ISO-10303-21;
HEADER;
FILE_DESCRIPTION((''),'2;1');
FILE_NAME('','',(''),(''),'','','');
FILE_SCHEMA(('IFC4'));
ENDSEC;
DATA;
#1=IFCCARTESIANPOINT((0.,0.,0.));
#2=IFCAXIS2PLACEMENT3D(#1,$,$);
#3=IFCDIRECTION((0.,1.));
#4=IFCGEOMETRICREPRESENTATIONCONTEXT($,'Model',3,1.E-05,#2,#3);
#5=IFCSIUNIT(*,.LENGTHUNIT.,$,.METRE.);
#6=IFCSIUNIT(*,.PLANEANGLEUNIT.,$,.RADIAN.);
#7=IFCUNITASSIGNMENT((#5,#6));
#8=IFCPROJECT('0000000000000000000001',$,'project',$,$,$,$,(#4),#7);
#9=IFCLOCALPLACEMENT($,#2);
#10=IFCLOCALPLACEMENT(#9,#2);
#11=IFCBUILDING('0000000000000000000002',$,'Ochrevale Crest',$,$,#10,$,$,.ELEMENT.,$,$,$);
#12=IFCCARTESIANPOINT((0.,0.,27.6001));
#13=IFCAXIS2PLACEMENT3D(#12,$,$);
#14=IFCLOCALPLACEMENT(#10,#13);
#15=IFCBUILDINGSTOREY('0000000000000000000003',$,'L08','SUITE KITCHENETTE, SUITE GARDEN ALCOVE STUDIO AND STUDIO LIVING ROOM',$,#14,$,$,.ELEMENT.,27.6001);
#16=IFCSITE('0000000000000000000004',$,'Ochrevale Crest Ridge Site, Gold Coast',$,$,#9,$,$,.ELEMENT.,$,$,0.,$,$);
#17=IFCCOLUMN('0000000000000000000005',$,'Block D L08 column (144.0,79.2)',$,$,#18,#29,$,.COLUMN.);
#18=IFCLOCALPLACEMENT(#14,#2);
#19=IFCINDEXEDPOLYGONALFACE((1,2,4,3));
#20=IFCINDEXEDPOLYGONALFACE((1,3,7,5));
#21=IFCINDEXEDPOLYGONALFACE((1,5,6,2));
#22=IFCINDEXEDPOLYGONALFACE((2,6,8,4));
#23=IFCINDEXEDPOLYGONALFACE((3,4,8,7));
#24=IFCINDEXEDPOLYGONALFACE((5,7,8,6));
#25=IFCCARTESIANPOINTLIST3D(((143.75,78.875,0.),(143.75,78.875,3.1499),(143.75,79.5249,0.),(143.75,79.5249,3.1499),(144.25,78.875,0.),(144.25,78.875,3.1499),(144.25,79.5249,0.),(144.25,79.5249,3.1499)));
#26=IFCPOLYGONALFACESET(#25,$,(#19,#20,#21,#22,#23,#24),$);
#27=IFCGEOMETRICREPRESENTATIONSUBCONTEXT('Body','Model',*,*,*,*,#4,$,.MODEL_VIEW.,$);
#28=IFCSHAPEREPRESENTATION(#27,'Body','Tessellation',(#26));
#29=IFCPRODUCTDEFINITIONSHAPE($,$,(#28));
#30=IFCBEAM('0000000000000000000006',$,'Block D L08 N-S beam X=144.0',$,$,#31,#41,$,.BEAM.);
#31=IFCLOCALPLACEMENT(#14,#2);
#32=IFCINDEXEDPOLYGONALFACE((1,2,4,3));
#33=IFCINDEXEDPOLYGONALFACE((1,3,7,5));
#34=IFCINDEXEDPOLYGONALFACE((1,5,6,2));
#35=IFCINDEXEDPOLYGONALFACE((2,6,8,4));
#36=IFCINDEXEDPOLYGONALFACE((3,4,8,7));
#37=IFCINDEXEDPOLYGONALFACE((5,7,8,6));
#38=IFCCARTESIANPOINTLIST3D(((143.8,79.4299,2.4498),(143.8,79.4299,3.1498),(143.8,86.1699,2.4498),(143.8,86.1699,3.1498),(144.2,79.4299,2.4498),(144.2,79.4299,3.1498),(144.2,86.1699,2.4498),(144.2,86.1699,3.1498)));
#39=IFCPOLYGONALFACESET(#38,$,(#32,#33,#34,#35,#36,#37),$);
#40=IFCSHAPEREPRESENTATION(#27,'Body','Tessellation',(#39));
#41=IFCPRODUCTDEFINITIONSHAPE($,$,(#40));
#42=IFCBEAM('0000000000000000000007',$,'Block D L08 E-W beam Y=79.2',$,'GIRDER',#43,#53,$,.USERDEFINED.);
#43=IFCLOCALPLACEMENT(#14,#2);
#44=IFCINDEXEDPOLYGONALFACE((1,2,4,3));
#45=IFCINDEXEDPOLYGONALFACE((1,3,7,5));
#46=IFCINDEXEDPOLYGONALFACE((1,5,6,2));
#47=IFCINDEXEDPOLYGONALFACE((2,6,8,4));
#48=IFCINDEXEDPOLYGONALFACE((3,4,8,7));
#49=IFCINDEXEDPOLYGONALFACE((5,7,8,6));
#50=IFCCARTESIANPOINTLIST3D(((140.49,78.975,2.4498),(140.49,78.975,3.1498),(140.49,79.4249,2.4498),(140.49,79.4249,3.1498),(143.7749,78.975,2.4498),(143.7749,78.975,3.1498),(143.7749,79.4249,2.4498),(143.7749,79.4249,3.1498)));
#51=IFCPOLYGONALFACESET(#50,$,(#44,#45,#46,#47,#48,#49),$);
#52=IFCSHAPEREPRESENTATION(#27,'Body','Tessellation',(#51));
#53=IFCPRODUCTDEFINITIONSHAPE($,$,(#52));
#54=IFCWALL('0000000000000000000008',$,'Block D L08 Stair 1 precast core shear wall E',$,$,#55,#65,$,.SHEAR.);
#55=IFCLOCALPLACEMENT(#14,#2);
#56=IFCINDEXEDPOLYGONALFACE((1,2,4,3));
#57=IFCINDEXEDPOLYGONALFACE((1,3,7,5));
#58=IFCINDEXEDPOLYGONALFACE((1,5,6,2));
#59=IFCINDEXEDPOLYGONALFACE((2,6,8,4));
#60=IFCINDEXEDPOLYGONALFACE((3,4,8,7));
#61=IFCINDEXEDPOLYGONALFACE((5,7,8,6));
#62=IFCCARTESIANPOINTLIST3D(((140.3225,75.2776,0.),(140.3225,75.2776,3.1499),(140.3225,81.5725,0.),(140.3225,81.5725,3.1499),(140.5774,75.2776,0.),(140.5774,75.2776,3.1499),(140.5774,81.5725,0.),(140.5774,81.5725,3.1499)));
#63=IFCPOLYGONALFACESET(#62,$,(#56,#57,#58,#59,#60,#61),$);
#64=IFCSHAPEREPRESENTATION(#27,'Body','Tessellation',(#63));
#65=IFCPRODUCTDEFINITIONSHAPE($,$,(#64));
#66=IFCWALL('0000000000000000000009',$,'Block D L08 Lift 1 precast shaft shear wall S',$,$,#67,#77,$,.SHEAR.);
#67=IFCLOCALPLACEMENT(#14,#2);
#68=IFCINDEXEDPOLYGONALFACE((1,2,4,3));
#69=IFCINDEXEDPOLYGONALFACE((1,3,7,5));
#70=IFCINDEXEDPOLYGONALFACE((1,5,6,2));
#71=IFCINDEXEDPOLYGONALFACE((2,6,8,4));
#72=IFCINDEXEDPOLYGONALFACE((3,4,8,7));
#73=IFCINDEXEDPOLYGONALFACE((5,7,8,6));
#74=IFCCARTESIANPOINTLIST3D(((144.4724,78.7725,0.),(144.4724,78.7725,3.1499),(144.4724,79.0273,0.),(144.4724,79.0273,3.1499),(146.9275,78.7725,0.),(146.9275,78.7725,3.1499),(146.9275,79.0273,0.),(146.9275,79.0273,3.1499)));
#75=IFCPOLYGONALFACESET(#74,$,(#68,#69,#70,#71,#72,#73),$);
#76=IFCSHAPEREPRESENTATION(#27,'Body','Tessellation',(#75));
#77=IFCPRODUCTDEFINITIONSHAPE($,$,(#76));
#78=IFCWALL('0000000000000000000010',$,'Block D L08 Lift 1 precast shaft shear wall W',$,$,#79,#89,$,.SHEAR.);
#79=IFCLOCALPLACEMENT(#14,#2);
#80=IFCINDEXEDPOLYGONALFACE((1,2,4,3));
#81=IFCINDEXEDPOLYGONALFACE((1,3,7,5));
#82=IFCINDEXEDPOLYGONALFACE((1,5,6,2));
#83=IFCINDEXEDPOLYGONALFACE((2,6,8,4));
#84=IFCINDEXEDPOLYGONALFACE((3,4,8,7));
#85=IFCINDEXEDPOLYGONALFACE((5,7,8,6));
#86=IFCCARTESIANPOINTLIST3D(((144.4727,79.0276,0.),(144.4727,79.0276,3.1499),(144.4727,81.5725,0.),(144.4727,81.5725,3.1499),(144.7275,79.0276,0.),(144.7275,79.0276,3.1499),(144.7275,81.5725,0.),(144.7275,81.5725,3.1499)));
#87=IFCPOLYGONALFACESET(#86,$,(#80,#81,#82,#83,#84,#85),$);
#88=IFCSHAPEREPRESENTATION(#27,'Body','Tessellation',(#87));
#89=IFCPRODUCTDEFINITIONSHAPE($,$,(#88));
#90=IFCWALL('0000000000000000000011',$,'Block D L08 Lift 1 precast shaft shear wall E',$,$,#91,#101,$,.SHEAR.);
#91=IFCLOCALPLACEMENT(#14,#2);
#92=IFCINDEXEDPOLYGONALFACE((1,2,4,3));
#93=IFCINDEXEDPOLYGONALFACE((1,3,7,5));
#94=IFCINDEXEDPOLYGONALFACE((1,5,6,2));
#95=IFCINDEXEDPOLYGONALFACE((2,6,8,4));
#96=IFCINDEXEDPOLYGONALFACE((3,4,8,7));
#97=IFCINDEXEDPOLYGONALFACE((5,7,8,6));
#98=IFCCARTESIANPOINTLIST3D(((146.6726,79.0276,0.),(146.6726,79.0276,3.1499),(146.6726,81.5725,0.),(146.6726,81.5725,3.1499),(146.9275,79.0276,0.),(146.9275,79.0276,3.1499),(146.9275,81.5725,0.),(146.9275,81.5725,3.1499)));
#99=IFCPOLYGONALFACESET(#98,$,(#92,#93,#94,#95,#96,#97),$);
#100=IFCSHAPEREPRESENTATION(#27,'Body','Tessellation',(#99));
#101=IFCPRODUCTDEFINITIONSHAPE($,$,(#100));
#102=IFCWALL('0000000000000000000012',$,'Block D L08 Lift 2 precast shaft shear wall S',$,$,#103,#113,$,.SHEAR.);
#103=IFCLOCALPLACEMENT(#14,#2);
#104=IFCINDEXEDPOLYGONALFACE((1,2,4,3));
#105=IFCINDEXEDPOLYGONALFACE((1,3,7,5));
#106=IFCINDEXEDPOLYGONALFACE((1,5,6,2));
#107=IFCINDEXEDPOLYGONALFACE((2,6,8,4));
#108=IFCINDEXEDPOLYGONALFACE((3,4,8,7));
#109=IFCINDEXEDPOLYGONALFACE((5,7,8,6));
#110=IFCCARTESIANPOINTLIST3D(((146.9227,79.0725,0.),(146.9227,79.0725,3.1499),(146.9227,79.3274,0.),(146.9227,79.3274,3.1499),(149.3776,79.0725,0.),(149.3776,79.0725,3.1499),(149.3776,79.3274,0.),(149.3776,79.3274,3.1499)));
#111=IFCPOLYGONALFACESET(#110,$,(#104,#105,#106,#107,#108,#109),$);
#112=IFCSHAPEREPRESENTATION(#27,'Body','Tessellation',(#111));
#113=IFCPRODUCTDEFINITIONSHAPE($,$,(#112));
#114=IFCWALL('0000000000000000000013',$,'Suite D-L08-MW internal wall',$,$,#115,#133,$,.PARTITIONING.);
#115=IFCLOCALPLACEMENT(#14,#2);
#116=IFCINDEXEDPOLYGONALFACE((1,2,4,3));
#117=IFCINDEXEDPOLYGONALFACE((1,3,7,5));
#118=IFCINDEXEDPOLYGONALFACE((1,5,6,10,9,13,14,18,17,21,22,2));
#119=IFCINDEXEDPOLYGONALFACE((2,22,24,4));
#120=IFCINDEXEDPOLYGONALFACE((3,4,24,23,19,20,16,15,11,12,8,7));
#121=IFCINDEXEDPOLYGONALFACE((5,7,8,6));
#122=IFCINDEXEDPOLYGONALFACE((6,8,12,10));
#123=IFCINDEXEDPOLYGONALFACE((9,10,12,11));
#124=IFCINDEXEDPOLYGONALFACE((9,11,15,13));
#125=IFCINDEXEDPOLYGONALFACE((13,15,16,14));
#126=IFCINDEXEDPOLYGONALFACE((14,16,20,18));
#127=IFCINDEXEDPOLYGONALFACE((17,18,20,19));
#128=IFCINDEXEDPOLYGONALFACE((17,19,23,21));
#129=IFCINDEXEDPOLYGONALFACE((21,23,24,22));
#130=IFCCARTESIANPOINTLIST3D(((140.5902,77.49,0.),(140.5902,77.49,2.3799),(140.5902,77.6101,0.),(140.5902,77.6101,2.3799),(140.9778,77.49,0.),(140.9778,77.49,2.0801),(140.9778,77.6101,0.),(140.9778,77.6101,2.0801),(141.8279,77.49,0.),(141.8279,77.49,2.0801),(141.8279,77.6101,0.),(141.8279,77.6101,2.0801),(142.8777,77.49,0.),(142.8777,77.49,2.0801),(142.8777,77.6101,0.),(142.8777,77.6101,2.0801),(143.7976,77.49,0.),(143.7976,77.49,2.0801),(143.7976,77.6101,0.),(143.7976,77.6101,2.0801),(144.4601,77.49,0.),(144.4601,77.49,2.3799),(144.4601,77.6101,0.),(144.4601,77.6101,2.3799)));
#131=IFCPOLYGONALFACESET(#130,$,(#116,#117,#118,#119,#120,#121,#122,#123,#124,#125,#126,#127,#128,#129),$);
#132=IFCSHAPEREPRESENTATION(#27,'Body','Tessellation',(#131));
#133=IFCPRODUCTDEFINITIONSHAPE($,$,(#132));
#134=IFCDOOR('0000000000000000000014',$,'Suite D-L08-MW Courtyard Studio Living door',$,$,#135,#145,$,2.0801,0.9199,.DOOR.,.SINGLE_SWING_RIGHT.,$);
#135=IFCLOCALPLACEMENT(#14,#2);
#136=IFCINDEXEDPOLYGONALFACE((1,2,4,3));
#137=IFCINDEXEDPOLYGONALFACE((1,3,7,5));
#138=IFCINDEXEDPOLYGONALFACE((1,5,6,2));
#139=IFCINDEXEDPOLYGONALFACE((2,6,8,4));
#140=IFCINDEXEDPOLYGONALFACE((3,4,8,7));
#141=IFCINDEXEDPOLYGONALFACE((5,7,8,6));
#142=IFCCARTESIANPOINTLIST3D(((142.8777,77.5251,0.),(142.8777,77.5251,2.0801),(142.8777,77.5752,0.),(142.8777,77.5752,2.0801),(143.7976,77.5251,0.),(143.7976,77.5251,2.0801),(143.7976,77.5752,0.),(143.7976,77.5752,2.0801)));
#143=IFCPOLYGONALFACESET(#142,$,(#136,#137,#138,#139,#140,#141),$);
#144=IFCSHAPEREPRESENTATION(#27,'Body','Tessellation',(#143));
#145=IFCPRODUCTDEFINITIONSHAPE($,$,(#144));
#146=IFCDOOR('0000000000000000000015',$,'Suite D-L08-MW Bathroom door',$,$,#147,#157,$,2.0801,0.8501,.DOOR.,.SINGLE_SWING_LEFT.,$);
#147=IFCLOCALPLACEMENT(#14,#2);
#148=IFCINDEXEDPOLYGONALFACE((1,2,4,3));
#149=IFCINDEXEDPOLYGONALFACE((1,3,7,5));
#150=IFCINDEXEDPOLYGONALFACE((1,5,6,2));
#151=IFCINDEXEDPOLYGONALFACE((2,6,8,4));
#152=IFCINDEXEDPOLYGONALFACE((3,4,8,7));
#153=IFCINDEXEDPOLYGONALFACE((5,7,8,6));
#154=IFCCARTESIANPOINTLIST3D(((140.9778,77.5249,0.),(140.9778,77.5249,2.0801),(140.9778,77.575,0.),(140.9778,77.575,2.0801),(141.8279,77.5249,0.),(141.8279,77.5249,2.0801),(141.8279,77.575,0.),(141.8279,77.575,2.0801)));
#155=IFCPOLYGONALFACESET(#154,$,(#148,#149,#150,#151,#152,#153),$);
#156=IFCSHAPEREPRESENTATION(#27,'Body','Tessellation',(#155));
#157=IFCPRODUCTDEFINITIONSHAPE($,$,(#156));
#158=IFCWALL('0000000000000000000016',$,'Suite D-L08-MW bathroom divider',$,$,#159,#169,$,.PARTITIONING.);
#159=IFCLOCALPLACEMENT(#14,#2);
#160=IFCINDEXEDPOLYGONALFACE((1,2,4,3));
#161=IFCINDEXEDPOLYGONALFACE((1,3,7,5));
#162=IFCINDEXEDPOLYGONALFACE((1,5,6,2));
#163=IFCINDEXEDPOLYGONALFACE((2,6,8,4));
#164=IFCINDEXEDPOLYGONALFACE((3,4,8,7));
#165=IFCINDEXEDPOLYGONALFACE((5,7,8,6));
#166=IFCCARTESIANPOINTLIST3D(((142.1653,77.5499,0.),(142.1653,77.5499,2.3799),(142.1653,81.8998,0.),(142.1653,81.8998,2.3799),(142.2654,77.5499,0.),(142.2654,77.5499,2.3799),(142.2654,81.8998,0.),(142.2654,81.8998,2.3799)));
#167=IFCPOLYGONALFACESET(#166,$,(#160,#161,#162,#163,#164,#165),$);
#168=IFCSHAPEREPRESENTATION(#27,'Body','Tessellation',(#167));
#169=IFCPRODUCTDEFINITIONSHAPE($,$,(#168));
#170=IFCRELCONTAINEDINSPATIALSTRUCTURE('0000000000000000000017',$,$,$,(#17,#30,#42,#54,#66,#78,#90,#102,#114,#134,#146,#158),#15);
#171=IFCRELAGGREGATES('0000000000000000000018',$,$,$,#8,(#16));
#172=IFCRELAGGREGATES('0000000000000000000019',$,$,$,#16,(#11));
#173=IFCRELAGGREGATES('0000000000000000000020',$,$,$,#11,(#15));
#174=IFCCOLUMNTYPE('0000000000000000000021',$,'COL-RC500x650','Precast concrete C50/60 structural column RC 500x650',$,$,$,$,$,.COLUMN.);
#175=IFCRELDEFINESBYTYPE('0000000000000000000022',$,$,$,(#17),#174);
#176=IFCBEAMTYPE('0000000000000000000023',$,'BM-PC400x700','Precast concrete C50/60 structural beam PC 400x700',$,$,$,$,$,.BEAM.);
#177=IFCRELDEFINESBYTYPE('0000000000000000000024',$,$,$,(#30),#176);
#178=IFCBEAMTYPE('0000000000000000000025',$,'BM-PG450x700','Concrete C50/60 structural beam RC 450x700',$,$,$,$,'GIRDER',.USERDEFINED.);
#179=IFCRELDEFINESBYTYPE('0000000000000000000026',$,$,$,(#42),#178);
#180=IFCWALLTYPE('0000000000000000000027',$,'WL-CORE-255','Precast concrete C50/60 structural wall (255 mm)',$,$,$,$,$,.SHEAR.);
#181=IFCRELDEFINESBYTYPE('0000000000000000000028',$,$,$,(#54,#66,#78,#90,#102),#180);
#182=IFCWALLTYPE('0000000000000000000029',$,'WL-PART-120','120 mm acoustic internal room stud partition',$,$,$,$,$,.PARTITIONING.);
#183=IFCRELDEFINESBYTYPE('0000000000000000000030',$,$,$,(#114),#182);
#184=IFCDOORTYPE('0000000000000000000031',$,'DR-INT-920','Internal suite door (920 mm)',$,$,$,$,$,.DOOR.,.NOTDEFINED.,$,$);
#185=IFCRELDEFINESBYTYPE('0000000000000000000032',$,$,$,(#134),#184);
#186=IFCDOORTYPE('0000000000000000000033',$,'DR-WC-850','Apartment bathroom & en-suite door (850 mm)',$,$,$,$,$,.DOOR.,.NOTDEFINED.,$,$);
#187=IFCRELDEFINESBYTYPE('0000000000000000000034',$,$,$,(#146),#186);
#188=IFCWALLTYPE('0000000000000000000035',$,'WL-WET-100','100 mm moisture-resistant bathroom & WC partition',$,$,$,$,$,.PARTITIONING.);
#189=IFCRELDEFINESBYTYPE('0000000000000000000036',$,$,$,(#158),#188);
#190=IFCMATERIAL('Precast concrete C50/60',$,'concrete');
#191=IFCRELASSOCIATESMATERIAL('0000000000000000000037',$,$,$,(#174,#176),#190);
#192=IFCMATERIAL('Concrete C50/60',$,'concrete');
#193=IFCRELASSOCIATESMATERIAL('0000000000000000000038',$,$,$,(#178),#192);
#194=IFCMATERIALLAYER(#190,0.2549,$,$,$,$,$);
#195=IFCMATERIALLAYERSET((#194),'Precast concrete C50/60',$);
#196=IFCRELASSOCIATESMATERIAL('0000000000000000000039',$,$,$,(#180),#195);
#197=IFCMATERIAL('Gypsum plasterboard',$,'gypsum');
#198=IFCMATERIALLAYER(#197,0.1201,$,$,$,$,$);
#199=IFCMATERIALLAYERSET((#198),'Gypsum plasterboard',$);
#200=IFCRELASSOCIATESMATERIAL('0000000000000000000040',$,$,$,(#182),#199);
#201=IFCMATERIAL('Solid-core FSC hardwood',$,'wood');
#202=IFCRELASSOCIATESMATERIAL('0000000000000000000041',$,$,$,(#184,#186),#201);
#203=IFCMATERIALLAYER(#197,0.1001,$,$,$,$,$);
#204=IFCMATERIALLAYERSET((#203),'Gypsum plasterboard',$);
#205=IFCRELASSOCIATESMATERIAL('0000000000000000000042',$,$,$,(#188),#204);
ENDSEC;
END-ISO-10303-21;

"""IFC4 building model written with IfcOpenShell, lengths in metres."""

from ifc_helpers import new_model, si_unit, direction, frame, frame_2d, origin, origin_2d, place, context, subcontext, project, spatial, rectangle, extrude, material, layer, layer_set, material_profile, profile_set, type_object, element, fill, save


model = new_model("IFC4")

# Units and contexts
model_context = context("Model", 3, precision=1e-05, world=origin(), true_north=direction((0.0, 1.0)))
body_context = subcontext(model_context, "Body", "Model", "MODEL_VIEW")
ifc_project = project(units=[si_unit("LENGTHUNIT", "METRE"), si_unit("PLANEANGLEUNIT", "RADIAN")], contexts=[model_context])

# Site, building, storey
site_placement = place(None, origin())
site = spatial("IfcSite", under=ifc_project, at=site_placement, Name="Ochrevale Crest Ridge Site, Gold Coast", CompositionType="ELEMENT", RefElevation=0.0)
building_placement = place(site_placement, origin())
building = spatial("IfcBuilding", under=site, at=building_placement, Name="Ochrevale Crest", CompositionType="ELEMENT")
storey_placement = place(building_placement, frame((0.0, 0.0, 27.6001)))
storey = spatial("IfcBuildingStorey", under=building, at=storey_placement, Name="L08", Description="SUITE KITCHENETTE, SUITE GARDEN ALCOVE STUDIO AND STUDIO LIVING ROOM", CompositionType="ELEMENT", Elevation=27.6001)

# Column
ifc_material_1 = material(Name="Precast concrete C50/60", Category="concrete")
ifc_material_profile_1 = material_profile(ifc_material_1, rectangle(XDim=0.5, YDim=0.6499, at=origin_2d()), Name="RC 500x650")
ifc_profile_set_1 = profile_set([ifc_material_profile_1], Name="Precast concrete C50/60")
column_type = type_object("IfcColumnType", Name="COL-RC500x650", Description="Precast concrete C50/60 structural column RC 500x650", PredefinedType="COLUMN", material=ifc_profile_set_1)
column_placement = place(storey_placement, frame((144.0, 79.2, 0.0), z_axis=(0.0, 0.0, 1.0), x_axis=(1.0, 0.0, 0.0)))
element("IfcColumn", 1, at=column_placement, inside=storey, type_object=column_type, Name="Block D L08 column (144.0,79.2)", PredefinedType="COLUMN", context=body_context, shape_type="SweptSolid", body=[
    extrude(rectangle(XDim=0.5, YDim=0.6499, at=origin_2d()), origin(), (0.0, 0.0, 1.0), 3.1499),
])

# Beams
ifc_material_profile_2 = material_profile(ifc_material_1, rectangle(XDim=0.3999, YDim=0.7, at=origin_2d()), Name="PC 400x700")
ifc_profile_set_2 = profile_set([ifc_material_profile_2], Name="Precast concrete C50/60")
beam_type_1 = type_object("IfcBeamType", Name="BM-PC400x700", Description="Precast concrete C50/60 structural beam PC 400x700", PredefinedType="BEAM", material=ifc_profile_set_2)
beam_1_placement = place(storey_placement, frame((144.0, 79.4299, 2.7998), z_axis=(0.0, 1.0, 0.0), x_axis=(-1.0, 0.0, 0.0)))
element("IfcBeam", 2, at=beam_1_placement, inside=storey, type_object=beam_type_1, Name="Block D L08 N-S beam X=144.0", PredefinedType="BEAM", context=body_context, shape_type="SweptSolid", body=[
    extrude(rectangle(XDim=0.3999, YDim=0.7, at=origin_2d()), origin(), (0.0, 0.0, 1.0), 6.74),
])
ifc_material_2 = material(Name="Concrete C50/60", Category="concrete")
ifc_material_profile_3 = material_profile(ifc_material_2, rectangle(XDim=0.45, YDim=0.7, at=origin_2d()), Name="RC 450x700")
ifc_profile_set_3 = profile_set([ifc_material_profile_3], Name="Concrete C50/60")
beam_type_2 = type_object("IfcBeamType", Name="BM-PG450x700", Description="Concrete C50/60 structural beam RC 450x700", ElementType="GIRDER", PredefinedType="USERDEFINED", material=ifc_profile_set_3)
beam_2_placement = place(storey_placement, frame((140.49, 79.2, 2.7998), z_axis=(1.0, 0.0, 0.0), x_axis=(0.0, 1.0, 0.0)))
element("IfcBeam", 3, at=beam_2_placement, inside=storey, type_object=beam_type_2, Name="Block D L08 E-W beam Y=79.2", ObjectType="GIRDER", PredefinedType="USERDEFINED", context=body_context, shape_type="SweptSolid", body=[
    extrude(rectangle(XDim=0.45, YDim=0.7, at=origin_2d()), origin(), (0.0, 0.0, 1.0), 3.2849),
])

# Walls
ifc_layer_1 = layer(ifc_material_1, 0.2549)
ifc_layer_set_1 = layer_set([ifc_layer_1], Name="Precast concrete C50/60")
wall_type_1 = type_object("IfcWallType", Name="WL-CORE-255", Description="Precast concrete C50/60 structural wall (255 mm)", PredefinedType="SHEAR", material=ifc_layer_set_1)
wall_1_placement = place(storey_placement, frame((140.45, 75.2776, 0.0), z_axis=(0.0, 0.0, 1.0), x_axis=(0.0, 1.0, 0.0)))
element("IfcWall", 4, at=wall_1_placement, inside=storey, type_object=wall_type_1, Name="Block D L08 Stair 1 precast core shear wall E", PredefinedType="SHEAR", context=body_context, shape_type="SweptSolid", body=[
    extrude(rectangle(XDim=6.2949, YDim=0.2549, at=frame_2d((3.1475, 0.0))), origin(), (0.0, 0.0, 1.0), 3.1499),
])
wall_2_placement = place(storey_placement, frame((144.4724, 78.8999, 0.0), z_axis=(0.0, 0.0, 1.0), x_axis=(1.0, 0.0, 0.0)))
element("IfcWall", 5, at=wall_2_placement, inside=storey, type_object=wall_type_1, Name="Block D L08 Lift 1 precast shaft shear wall S", PredefinedType="SHEAR", context=body_context, shape_type="SweptSolid", body=[
    extrude(rectangle(XDim=2.4551, YDim=0.2549, at=frame_2d((1.2275, 0.0))), origin(), (0.0, 0.0, 1.0), 3.1499),
])

# Shared definitions
ifc_material_3 = material(Name="Solid-core FSC hardwood", Category="wood")

# Walls
for number, where, z_axis, x_axis, name in (
    (6, (144.6001, 79.0276, 0.0), (0.0, 0.0, 1.0), (0.0, 1.0, 0.0), "Block D L08 Lift 1 precast shaft shear wall W"),
    (7, (146.8, 79.0276, 0.0), (0.0, 0.0, 1.0), (0.0, 1.0, 0.0), "Block D L08 Lift 1 precast shaft shear wall E"),
):
    element("IfcWall", number, at=place(storey_placement, frame(where, z_axis=z_axis, x_axis=x_axis)), inside=storey, type_object=wall_type_1, Name=name, PredefinedType="SHEAR", context=body_context, shape_type="SweptSolid", body=[
        extrude(rectangle(XDim=2.5449, YDim=0.2549, at=frame_2d((1.2725, 0.0))), origin(), (0.0, 0.0, 1.0), 3.1499),
    ])
wall_3_placement = place(storey_placement, frame((146.9226, 79.2, 0.0), z_axis=(0.0, 0.0, 1.0), x_axis=(1.0, 0.0, 0.0)))
element("IfcWall", 8, at=wall_3_placement, inside=storey, type_object=wall_type_1, Name="Block D L08 Lift 2 precast shaft shear wall S", PredefinedType="SHEAR", context=body_context, shape_type="SweptSolid", body=[
    extrude(rectangle(XDim=2.4548, YDim=0.2549, at=frame_2d((1.2275, 0.0))), origin(), (0.0, 0.0, 1.0), 3.1499),
])

# Wall, openings, doors
ifc_material_4 = material(Name="Gypsum plasterboard", Category="gypsum")
ifc_layer_2 = layer(ifc_material_4, 0.1201)
ifc_layer_set_2 = layer_set([ifc_layer_2], Name="Gypsum plasterboard")
wall_type_2 = type_object("IfcWallType", Name="WL-PART-120", Description="120 mm acoustic internal room stud partition", PredefinedType="PARTITIONING", material=ifc_layer_set_2)
wall_4_placement = place(storey_placement, frame((140.5901, 77.55, 0.0), z_axis=(0.0, 0.0, 1.0), x_axis=(1.0, 0.0, 0.0)))
wall_4 = element("IfcWall", 9, at=wall_4_placement, inside=storey, type_object=wall_type_2, Name="Suite D-L08-MW internal wall", PredefinedType="PARTITIONING", context=body_context, shape_type="SweptSolid", body=[
    extrude(rectangle(XDim=3.8699, YDim=0.1201, at=frame_2d((1.9351, 0.0))), origin(), (0.0, 0.0, 1.0), 2.3799),
])
opening_1_placement = place(wall_4_placement, frame((0.3877, 0.0, 0.0)))
opening_1 = element("IfcOpeningElement", 10, at=opening_1_placement, cuts=wall_4, PredefinedType="OPENING", context=body_context, shape_type="SweptSolid", body=[
    extrude(rectangle(XDim=0.8501, YDim=2.0801, at=frame_2d((0.425, 1.04))), frame((0.0, 0.0701, 0.0), z_axis=(0.0, -1.0, 0.0), x_axis=(1.0, 0.0, 0.0)), (0.0, 0.0, 1.0), 0.1401),
])
opening_2_placement = place(wall_4_placement, frame((3.2075, 0.0, 0.0), z_axis=(0.0, 0.0, 1.0), x_axis=(-1.0, 0.0, 0.0)))
opening_2 = element("IfcOpeningElement", 11, at=opening_2_placement, cuts=wall_4, PredefinedType="OPENING", context=body_context, shape_type="SweptSolid", body=[
    extrude(rectangle(XDim=0.9199, YDim=2.0801, at=frame_2d((0.46, 1.04))), frame((0.0, 0.0701, 0.0), z_axis=(0.0, -1.0, 0.0), x_axis=(1.0, 0.0, 0.0)), (0.0, 0.0, 1.0), 0.1401),
])
door_type_1 = type_object("IfcDoorType", Name="DR-INT-920", Description="Internal suite door (920 mm)", OperationType="NOTDEFINED", PredefinedType="DOOR", material=ifc_material_3)
door_1_placement = place(opening_2_placement, origin())
door_1 = element("IfcDoor", 12, at=door_1_placement, inside=storey, type_object=door_type_1, Name="Suite D-L08-MW Courtyard Studio Living door", OperationType="SINGLE_SWING_RIGHT", OverallHeight=2.0801, OverallWidth=0.9199, PredefinedType="DOOR", context=body_context, shape_type="SweptSolid", body=[
    extrude(rectangle(XDim=0.9199, YDim=2.0801, at=frame_2d((0.46, 1.04))), frame((0.0, 0.0249, 0.0), z_axis=(0.0, -1.0, 0.0), x_axis=(1.0, 0.0, 0.0)), (0.0, 0.0, 1.0), 0.05),
])
fill(opening_2, door_1)
door_type_2 = type_object("IfcDoorType", Name="DR-WC-850", Description="Apartment bathroom & en-suite door (850 mm)", OperationType="NOTDEFINED", PredefinedType="DOOR", material=ifc_material_3)
door_2_placement = place(opening_1_placement, origin())
door_2 = element("IfcDoor", 13, at=door_2_placement, inside=storey, type_object=door_type_2, Name="Suite D-L08-MW Bathroom door", OperationType="SINGLE_SWING_LEFT", OverallHeight=2.0801, OverallWidth=0.8501, PredefinedType="DOOR", context=body_context, shape_type="SweptSolid", body=[
    extrude(rectangle(XDim=0.8501, YDim=2.0801, at=frame_2d((0.425, 1.04))), frame((0.0, 0.0249, 0.0), z_axis=(0.0, -1.0, 0.0), x_axis=(1.0, 0.0, 0.0)), (0.0, 0.0, 1.0), 0.05),
])
fill(opening_1, door_2)

# Wall
ifc_layer_3 = layer(ifc_material_4, 0.1001)
ifc_layer_set_3 = layer_set([ifc_layer_3], Name="Gypsum plasterboard")
wall_type_3 = type_object("IfcWallType", Name="WL-WET-100", Description="100 mm moisture-resistant bathroom & WC partition", PredefinedType="PARTITIONING", material=ifc_layer_set_3)
wall_5_placement = place(storey_placement, frame((142.2153, 77.55, 0.0), z_axis=(0.0, 0.0, 1.0), x_axis=(0.0, 1.0, 0.0)))
element("IfcWall", 14, at=wall_5_placement, inside=storey, type_object=wall_type_3, Name="Suite D-L08-MW bathroom divider", PredefinedType="PARTITIONING", context=body_context, shape_type="SweptSolid", body=[
    extrude(rectangle(XDim=4.3499, YDim=0.1001, at=frame_2d((2.1748, 0.0))), origin(), (0.0, 0.0, 1.0), 2.3799),
])

save(model, "model.ifc")
